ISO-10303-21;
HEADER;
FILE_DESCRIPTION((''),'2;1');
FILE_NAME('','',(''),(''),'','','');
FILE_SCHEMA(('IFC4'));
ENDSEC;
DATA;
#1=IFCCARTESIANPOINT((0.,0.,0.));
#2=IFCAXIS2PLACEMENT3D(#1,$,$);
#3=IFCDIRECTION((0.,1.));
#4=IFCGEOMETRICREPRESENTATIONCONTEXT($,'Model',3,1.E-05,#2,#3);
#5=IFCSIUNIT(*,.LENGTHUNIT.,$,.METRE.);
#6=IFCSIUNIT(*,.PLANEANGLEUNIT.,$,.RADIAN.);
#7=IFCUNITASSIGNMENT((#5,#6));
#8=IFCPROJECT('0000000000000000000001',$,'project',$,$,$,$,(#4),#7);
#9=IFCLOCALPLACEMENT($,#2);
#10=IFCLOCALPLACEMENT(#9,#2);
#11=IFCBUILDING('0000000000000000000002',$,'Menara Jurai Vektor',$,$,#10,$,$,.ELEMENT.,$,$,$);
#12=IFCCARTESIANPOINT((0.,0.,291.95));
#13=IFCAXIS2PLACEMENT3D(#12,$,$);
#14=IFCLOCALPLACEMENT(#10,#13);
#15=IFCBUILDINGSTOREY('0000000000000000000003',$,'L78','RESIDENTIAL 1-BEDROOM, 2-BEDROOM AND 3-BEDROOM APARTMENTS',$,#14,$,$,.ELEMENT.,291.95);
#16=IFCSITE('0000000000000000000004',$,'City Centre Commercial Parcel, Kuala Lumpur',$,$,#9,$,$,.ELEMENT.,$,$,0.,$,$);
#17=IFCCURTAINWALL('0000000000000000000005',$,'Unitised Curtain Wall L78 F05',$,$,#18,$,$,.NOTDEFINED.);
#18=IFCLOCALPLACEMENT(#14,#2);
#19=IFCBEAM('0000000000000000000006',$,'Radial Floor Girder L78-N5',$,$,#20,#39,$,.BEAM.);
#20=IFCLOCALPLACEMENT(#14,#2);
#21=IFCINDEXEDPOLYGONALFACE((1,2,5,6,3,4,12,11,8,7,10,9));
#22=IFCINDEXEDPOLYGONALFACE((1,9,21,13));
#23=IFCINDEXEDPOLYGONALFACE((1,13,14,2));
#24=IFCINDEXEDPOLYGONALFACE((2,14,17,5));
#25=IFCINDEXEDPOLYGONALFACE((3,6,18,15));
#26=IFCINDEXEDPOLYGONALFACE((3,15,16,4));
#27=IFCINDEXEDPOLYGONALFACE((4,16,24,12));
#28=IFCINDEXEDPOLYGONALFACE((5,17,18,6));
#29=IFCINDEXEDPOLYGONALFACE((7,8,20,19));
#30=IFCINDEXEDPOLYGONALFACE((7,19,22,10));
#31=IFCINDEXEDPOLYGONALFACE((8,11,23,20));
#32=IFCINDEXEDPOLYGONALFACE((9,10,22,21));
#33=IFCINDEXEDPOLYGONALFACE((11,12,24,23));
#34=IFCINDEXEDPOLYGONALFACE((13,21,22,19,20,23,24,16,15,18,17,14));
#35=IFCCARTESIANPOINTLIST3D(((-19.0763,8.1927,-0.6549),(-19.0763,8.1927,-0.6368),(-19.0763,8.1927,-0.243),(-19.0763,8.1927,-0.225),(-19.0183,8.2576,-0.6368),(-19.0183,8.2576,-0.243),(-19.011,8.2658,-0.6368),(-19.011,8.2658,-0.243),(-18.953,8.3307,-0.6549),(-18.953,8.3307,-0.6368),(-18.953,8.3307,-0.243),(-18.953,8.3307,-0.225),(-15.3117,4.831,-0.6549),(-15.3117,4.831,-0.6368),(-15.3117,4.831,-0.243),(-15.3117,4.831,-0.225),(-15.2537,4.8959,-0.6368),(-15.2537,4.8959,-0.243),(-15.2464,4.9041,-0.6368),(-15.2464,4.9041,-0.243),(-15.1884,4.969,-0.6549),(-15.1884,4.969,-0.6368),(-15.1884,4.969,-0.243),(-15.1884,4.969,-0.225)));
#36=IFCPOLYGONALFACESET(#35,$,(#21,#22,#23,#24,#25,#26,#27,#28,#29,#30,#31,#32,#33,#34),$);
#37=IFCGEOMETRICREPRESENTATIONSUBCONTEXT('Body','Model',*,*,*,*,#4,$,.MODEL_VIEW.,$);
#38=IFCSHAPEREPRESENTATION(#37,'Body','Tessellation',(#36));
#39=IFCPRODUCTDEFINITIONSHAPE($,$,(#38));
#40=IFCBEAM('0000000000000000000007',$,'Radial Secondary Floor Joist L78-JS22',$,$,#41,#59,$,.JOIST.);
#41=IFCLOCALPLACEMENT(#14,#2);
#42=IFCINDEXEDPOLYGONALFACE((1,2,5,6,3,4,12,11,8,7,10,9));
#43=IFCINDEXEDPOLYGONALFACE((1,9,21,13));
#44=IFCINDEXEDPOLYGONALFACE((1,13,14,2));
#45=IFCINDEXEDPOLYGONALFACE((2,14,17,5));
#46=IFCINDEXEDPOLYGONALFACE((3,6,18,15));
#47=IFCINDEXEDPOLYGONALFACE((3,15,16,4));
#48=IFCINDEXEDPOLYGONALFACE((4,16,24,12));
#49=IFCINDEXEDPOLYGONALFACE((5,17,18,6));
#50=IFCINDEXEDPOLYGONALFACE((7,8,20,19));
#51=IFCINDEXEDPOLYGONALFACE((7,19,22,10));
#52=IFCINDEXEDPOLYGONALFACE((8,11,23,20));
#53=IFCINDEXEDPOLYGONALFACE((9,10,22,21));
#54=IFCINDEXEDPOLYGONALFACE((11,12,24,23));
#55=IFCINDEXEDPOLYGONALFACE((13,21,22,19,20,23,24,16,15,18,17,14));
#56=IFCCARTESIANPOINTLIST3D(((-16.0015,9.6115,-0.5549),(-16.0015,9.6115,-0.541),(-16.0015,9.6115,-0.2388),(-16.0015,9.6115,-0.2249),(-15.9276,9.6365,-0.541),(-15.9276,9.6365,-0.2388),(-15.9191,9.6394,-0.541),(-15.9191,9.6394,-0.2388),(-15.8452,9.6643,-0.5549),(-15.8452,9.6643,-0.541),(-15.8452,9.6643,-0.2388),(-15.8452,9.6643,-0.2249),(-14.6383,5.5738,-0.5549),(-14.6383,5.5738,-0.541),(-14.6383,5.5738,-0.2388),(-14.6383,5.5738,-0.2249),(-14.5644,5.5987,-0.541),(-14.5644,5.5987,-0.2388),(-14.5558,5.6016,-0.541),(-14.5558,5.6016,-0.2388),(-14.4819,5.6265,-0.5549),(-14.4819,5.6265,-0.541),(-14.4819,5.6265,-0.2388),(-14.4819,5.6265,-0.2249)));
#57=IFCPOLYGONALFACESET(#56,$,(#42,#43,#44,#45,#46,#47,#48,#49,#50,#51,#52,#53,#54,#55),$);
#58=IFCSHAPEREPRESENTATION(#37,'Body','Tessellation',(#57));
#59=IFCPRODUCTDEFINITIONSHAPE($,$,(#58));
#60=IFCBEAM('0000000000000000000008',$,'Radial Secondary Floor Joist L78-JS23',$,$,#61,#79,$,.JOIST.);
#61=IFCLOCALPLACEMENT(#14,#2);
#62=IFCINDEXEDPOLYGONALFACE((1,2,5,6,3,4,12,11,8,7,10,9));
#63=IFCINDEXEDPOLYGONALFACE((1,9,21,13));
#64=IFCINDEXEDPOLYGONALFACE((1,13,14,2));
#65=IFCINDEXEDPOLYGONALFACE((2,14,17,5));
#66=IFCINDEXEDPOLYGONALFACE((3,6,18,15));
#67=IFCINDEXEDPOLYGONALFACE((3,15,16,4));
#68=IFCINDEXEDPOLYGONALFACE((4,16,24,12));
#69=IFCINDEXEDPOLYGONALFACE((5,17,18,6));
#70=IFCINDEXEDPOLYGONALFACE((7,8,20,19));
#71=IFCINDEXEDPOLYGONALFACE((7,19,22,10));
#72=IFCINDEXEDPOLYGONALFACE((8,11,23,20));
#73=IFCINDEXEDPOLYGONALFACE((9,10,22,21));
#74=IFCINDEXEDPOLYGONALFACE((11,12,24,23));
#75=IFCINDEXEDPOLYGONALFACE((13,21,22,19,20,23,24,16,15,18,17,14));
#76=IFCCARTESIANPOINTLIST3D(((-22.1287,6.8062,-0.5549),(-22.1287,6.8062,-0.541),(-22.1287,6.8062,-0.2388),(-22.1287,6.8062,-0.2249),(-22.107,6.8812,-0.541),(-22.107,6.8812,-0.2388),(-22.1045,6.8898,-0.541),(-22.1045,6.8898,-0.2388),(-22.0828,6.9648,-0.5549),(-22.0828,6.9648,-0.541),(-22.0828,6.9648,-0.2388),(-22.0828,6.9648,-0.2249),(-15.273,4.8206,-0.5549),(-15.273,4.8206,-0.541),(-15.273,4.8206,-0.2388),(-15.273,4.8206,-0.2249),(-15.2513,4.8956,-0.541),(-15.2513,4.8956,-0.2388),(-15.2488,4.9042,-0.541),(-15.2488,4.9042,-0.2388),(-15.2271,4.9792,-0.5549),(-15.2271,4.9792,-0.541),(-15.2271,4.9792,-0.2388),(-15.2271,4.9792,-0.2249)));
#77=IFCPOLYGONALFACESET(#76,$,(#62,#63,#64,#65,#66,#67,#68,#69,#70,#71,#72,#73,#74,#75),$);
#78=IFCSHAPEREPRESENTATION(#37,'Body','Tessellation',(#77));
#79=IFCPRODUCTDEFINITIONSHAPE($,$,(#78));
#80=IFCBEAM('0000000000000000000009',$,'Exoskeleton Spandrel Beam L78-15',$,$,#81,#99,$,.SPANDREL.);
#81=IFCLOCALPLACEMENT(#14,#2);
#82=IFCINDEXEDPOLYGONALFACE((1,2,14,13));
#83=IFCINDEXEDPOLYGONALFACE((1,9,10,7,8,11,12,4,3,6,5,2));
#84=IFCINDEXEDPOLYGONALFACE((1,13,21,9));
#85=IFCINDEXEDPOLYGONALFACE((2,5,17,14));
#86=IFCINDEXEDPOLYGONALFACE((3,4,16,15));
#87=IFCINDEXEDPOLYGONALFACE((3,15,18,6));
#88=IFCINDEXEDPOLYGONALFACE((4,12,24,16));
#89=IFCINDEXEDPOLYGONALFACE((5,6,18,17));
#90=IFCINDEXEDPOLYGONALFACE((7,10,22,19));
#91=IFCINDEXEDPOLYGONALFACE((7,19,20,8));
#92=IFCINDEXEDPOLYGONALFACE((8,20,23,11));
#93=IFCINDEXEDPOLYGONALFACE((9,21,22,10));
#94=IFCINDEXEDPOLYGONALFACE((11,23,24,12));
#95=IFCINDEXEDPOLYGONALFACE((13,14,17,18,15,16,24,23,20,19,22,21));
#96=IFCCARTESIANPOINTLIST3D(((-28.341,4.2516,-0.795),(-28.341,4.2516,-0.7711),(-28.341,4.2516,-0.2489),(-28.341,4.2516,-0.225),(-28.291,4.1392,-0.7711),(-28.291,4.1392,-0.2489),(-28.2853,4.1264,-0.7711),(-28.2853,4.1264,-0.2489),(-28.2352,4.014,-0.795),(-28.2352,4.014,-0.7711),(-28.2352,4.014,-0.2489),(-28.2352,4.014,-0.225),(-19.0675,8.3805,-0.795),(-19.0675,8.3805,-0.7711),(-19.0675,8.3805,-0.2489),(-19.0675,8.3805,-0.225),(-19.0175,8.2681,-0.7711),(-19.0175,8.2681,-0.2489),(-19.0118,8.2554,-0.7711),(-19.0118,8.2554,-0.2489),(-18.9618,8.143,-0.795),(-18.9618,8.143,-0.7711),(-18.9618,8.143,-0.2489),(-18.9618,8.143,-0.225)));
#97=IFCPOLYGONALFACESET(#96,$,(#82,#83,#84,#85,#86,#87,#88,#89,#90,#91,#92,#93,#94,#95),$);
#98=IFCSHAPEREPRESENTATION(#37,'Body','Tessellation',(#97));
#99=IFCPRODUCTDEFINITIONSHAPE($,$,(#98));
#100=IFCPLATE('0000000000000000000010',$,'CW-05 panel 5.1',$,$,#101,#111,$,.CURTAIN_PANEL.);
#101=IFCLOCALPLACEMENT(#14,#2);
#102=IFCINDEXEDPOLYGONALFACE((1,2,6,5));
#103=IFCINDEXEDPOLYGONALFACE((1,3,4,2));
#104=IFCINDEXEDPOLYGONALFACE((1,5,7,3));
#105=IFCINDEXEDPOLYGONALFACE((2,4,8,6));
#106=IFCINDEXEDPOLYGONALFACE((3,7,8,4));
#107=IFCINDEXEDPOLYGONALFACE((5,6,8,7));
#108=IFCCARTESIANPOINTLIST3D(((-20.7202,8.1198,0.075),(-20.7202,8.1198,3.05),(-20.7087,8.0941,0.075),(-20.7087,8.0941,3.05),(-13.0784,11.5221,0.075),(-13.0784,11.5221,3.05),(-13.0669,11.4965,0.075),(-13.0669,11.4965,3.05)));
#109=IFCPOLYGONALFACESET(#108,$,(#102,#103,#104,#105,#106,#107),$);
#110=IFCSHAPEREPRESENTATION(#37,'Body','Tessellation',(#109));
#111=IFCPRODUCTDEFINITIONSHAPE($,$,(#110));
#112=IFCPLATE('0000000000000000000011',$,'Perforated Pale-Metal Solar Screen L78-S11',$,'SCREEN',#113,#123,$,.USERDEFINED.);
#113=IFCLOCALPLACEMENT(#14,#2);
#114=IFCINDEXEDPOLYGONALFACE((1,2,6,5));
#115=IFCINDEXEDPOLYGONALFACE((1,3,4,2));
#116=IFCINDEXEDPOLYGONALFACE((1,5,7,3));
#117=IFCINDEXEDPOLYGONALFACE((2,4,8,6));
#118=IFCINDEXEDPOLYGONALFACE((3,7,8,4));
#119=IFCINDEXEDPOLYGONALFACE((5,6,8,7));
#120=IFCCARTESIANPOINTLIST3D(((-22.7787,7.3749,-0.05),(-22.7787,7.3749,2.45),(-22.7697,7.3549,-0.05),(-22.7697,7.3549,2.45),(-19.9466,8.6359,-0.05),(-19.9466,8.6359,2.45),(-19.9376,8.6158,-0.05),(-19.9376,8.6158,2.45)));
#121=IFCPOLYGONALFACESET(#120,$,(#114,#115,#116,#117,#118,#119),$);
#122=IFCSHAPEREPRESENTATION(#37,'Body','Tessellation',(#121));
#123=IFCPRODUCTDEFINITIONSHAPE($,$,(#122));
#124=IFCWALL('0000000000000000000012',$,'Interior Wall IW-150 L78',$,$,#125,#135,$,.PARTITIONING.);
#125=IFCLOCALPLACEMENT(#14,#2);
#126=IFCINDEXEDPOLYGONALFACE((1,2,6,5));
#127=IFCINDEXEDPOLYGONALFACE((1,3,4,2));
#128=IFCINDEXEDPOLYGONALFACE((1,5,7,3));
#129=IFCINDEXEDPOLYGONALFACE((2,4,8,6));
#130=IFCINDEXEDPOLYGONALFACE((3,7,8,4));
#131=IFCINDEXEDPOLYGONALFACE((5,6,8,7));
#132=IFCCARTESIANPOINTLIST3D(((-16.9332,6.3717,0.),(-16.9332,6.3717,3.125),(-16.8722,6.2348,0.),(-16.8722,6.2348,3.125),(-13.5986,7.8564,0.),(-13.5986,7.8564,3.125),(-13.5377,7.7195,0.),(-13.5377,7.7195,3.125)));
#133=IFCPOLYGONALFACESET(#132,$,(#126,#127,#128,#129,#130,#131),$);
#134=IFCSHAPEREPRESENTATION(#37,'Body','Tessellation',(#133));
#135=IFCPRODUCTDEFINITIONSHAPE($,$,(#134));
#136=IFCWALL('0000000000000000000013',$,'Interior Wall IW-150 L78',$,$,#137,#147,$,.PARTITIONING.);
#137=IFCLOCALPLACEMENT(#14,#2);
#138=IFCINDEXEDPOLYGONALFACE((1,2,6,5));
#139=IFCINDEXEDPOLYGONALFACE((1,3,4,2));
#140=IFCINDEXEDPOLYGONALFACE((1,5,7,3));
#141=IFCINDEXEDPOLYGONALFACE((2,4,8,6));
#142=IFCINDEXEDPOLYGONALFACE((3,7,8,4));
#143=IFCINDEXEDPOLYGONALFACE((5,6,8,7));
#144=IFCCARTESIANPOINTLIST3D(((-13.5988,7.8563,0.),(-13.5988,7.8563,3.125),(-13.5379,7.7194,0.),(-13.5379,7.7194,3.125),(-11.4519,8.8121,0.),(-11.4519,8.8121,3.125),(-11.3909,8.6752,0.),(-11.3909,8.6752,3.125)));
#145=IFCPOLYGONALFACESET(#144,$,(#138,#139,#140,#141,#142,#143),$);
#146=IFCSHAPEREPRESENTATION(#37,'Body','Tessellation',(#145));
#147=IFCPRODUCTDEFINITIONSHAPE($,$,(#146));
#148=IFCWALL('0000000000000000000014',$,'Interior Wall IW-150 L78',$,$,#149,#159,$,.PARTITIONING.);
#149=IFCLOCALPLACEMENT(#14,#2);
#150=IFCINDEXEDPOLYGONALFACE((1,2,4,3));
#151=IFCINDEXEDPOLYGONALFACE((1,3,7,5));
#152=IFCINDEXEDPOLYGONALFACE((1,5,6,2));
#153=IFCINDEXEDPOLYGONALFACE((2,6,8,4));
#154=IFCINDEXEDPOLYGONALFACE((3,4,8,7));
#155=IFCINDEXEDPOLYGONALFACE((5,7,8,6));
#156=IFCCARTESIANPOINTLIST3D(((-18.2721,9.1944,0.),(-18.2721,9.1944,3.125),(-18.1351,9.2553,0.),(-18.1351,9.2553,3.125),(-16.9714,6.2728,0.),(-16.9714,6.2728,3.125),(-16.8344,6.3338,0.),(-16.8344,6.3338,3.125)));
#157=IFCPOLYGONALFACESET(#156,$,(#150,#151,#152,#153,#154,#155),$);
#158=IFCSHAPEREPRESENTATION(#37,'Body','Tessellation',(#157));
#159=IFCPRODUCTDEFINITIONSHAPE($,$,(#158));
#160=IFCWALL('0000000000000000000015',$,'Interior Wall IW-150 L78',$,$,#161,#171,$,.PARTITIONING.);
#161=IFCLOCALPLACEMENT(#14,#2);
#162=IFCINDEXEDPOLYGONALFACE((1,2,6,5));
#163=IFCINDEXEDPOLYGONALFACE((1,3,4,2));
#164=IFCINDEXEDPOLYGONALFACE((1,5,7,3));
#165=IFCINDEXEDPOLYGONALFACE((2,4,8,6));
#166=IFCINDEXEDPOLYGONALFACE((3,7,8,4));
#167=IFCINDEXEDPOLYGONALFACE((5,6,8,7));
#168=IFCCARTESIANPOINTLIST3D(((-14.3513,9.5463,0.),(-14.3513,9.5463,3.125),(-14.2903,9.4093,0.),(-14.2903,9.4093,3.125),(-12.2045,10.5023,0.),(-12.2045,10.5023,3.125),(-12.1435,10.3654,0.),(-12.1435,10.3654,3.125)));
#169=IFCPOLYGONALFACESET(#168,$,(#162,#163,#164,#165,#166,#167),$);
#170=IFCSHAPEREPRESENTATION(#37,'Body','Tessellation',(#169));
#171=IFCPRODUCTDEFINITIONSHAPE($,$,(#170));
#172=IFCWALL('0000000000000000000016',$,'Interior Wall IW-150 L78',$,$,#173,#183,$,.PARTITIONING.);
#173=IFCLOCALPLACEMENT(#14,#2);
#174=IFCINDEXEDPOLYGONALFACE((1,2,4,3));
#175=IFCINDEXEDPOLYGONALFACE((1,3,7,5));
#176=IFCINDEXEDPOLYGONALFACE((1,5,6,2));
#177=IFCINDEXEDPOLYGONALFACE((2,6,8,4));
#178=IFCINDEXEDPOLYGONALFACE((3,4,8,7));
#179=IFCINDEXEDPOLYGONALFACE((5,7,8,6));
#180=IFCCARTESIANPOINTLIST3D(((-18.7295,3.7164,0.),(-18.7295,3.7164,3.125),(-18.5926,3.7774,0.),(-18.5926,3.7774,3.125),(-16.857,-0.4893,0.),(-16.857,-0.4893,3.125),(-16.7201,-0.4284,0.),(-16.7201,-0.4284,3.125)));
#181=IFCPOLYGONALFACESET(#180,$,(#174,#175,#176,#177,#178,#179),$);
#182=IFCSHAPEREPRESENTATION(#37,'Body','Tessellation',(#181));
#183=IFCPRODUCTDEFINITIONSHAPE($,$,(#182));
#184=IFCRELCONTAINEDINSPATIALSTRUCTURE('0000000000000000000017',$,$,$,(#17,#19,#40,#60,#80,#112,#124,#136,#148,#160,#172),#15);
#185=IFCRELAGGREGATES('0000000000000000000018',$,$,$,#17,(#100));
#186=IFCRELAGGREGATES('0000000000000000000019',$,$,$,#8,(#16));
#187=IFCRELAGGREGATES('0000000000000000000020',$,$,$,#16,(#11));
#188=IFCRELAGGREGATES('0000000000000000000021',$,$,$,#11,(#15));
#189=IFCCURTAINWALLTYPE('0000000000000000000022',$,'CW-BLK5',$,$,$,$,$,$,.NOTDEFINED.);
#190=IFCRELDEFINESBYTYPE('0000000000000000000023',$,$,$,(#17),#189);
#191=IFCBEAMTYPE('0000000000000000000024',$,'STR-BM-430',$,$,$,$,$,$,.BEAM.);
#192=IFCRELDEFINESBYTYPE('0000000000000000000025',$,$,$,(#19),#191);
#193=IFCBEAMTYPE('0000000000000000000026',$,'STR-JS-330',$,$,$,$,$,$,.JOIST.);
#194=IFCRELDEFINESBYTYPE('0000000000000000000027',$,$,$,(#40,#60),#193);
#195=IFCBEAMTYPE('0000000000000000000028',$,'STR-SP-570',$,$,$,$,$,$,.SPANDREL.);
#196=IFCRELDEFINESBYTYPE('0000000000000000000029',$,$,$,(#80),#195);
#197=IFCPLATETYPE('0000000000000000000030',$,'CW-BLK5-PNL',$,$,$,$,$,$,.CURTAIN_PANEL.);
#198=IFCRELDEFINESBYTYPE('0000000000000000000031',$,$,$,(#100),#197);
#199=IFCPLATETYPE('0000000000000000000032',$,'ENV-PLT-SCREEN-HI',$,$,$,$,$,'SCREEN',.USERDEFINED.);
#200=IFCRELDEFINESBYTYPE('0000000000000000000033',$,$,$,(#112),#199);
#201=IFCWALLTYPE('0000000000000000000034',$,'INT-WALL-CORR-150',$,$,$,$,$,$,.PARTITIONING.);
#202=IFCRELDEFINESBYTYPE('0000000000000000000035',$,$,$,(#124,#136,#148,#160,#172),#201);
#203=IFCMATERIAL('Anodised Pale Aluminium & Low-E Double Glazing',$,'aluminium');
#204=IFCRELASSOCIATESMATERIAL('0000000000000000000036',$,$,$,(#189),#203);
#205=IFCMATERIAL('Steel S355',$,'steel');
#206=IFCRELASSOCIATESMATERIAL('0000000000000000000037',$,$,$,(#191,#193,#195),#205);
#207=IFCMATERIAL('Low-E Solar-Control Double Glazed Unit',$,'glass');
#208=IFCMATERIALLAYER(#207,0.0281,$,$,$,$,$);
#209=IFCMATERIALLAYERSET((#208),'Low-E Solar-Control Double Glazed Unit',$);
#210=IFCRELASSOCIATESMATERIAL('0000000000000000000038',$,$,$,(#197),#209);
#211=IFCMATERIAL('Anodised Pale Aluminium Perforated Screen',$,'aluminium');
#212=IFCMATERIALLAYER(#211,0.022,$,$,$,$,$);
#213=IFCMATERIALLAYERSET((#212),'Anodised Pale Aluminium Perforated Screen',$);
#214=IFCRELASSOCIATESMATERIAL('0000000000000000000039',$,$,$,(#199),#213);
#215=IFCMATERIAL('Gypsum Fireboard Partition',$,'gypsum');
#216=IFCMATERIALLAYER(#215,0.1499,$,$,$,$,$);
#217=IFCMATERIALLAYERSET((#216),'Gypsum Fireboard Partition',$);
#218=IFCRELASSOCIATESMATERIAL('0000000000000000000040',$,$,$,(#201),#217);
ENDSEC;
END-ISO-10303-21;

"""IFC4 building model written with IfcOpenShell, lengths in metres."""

from ifc_helpers import new_model, si_unit, direction, frame, frame_2d, origin, origin_2d, place, context, subcontext, project, spatial, rectangle, i_section, extrude, material, layer, layer_set, material_profile, profile_set, type_object, element, aggregate, save


model = new_model("IFC4")

# Units and contexts
model_context = context("Model", 3, precision=1e-05, world=origin(), true_north=direction((0.0, 1.0)))
body_context = subcontext(model_context, "Body", "Model", "MODEL_VIEW")
ifc_project = project(units=[si_unit("LENGTHUNIT", "METRE"), si_unit("PLANEANGLEUNIT", "RADIAN")], contexts=[model_context])

# Site, building, storey
site_placement = place(None, origin())
site = spatial("IfcSite", under=ifc_project, at=site_placement, Name="City Centre Commercial Parcel, Kuala Lumpur", CompositionType="ELEMENT", RefElevation=0.0)
building_placement = place(site_placement, origin())
building = spatial("IfcBuilding", under=site, at=building_placement, Name="Menara Jurai Vektor", CompositionType="ELEMENT")
storey_placement = place(building_placement, frame((0.0, 0.0, 291.95)))
storey = spatial("IfcBuildingStorey", under=building, at=storey_placement, Name="L78", Description="RESIDENTIAL 1-BEDROOM, 2-BEDROOM AND 3-BEDROOM APARTMENTS", CompositionType="ELEMENT", Elevation=291.95)

# Curtain wall
ifc_material_1 = material(Name="Anodised Pale Aluminium & Low-E Double Glazing", Category="aluminium")
curtain_wall_type = type_object("IfcCurtainWallType", Name="CW-BLK5", PredefinedType="NOTDEFINED", material=ifc_material_1)
curtain_wall_placement = place(storey_placement, origin())
curtain_wall = element("IfcCurtainWall", 1, at=curtain_wall_placement, inside=storey, type_object=curtain_wall_type, Name="Unitised Curtain Wall L78 F05", PredefinedType="NOTDEFINED")

# Beams
ifc_material_2 = material(Name="Steel S355", Category="steel")
ifc_material_profile_1 = material_profile(ifc_material_2, i_section(OverallWidth=0.1851, OverallDepth=0.4299, WebThickness=0.011, FlangeThickness=0.0181, at=origin_2d()), Name="PG 430x185x76")
ifc_profile_set_1 = profile_set([ifc_material_profile_1], Name="Steel S355")
beam_type_1 = type_object("IfcBeamType", Name="STR-BM-430", PredefinedType="BEAM", material=ifc_profile_set_1)
beam_1_placement = place(storey_placement, frame((-19.0146, 8.2617, -0.4399), z_axis=(0.745886, -0.666073, 0.0), x_axis=(0.666073, 0.745886, 0.0)))
element("IfcBeam", 2, at=beam_1_placement, inside=storey, type_object=beam_type_1, Name="Radial Floor Girder L78-N5", PredefinedType="BEAM", context=body_context, shape_type="SweptSolid", body=[
    extrude(i_section(OverallWidth=0.1851, OverallDepth=0.4299, WebThickness=0.011, FlangeThickness=0.0181, at=origin_2d()), origin(), (0.0, 0.0, 1.0), 5.0471),
])
ifc_material_profile_2 = material_profile(ifc_material_2, i_section(OverallWidth=0.165, OverallDepth=0.3301, WebThickness=0.009, FlangeThickness=0.0139, at=origin_2d()), Name="PG 330x165x46")
ifc_profile_set_2 = profile_set([ifc_material_profile_2], Name="Steel S355")
beam_type_2 = type_object("IfcBeamType", Name="STR-JS-330", PredefinedType="JOIST", material=ifc_profile_set_2)
beam_2_placement = place(storey_placement, frame((-15.9233, 9.6379, -0.3899), z_axis=(0.319886, -0.947456, 0.0), x_axis=(0.947456, 0.319886, 0.0)))
element("IfcBeam", 3, at=beam_2_placement, inside=storey, type_object=beam_type_2, Name="Radial Secondary Floor Joist L78-JS22", PredefinedType="JOIST", context=body_context, shape_type="SweptSolid", body=[
    extrude(i_section(OverallWidth=0.165, OverallDepth=0.3301, WebThickness=0.009, FlangeThickness=0.0139, at=origin_2d()), origin(), (0.0, 0.0, 1.0), 4.2617),
])
beam_3_placement = place(storey_placement, frame((-22.1057, 6.8855, -0.3899), z_axis=(0.960525, -0.278193, 0.0), x_axis=(0.278193, 0.960525, 0.0)))
element("IfcBeam", 4, at=beam_3_placement, inside=storey, type_object=beam_type_2, Name="Radial Secondary Floor Joist L78-JS23", PredefinedType="JOIST", context=body_context, shape_type="SweptSolid", body=[
    extrude(i_section(OverallWidth=0.165, OverallDepth=0.3301, WebThickness=0.009, FlangeThickness=0.0139, at=origin_2d()), origin(), (0.0, 0.0, 1.0), 7.1375),
])
ifc_material_profile_3 = material_profile(ifc_material_2, i_section(OverallWidth=0.26, OverallDepth=0.5701, WebThickness=0.0139, FlangeThickness=0.0239, at=origin_2d()), Name="PG 570x260x145")
ifc_profile_set_3 = profile_set([ifc_material_profile_3], Name="Steel S355")
beam_type_3 = type_object("IfcBeamType", Name="STR-SP-570", PredefinedType="SPANDREL", material=ifc_profile_set_3)
beam_4_placement = place(storey_placement, frame((-19.0146, 8.2617, -0.51), z_axis=(-0.913542, -0.406745, 0.0), x_axis=(0.406745, -0.913542, 0.0)))
element("IfcBeam", 5, at=beam_4_placement, inside=storey, type_object=beam_type_3, Name="Exoskeleton Spandrel Beam L78-15", PredefinedType="SPANDREL", context=body_context, shape_type="SweptSolid", body=[
    extrude(i_section(OverallWidth=0.26, OverallDepth=0.5701, WebThickness=0.0139, FlangeThickness=0.0239, at=origin_2d()), origin(), (0.0, 0.0, 1.0), 10.1511),
])

# Plates
ifc_material_3 = material(Name="Low-E Solar-Control Double Glazed Unit", Category="glass")
ifc_layer_1 = layer(ifc_material_3, 0.0281)
ifc_layer_set_1 = layer_set([ifc_layer_1], Name="Low-E Solar-Control Double Glazed Unit")
plate_type_1 = type_object("IfcPlateType", Name="CW-BLK5-PNL", PredefinedType="CURTAIN_PANEL", material=ifc_layer_set_1)
plate_1_placement = place(storey_placement, frame((-16.8936, 9.8081, 0.075), z_axis=(0.0, 0.0, 1.0), x_axis=(-0.913546, -0.406735, 0.0)))
plate_1 = element("IfcPlate", 6, at=plate_1_placement, type_object=plate_type_1, Name="CW-05 panel 5.1", PredefinedType="CURTAIN_PANEL", context=body_context, shape_type="SweptSolid", body=[
    extrude(rectangle(XDim=8.365, YDim=0.0281, at=origin_2d()), origin(), (0.0, 0.0, 1.0), 2.9751),
])
aggregate(curtain_wall, [plate_1])
ifc_material_4 = material(Name="Anodised Pale Aluminium Perforated Screen", Category="aluminium")
ifc_layer_2 = layer(ifc_material_4, 0.022)
ifc_layer_set_2 = layer_set([ifc_layer_2], Name="Anodised Pale Aluminium Perforated Screen")
plate_type_2 = type_object("IfcPlateType", Name="ENV-PLT-SCREEN-HI", ElementType="SCREEN", PredefinedType="USERDEFINED", material=ifc_layer_set_2)
plate_2_placement = place(storey_placement, frame((-21.3582, 7.9954, -0.05), z_axis=(0.0, 0.0, 1.0), x_axis=(-0.913545, -0.406737, 0.0)))
element("IfcPlate", 7, at=plate_2_placement, inside=storey, type_object=plate_type_2, Name="Perforated Pale-Metal Solar Screen L78-S11", ObjectType="SCREEN", PredefinedType="USERDEFINED", context=body_context, shape_type="SweptSolid", body=[
    extrude(rectangle(XDim=3.1001, YDim=0.022, at=origin_2d()), origin(), (0.0, 0.0, 1.0), 2.5),
])

# Shared definitions
ifc_material_5 = material(Name="Gypsum Fireboard Partition", Category="gypsum")
ifc_layer_3 = layer(ifc_material_5, 0.1499)
ifc_layer_set_3 = layer_set([ifc_layer_3], Name="Gypsum Fireboard Partition")
wall_type_1 = type_object("IfcWallType", Name="INT-WALL-CORR-150", PredefinedType="PARTITIONING", material=ifc_layer_set_3)

# Walls
wall_1_placement = place(storey_placement, frame((-16.9028, 6.3032, 0.0), z_axis=(0.0, 0.0, 1.0), x_axis=(0.913544, 0.40674, 0.0)))
element("IfcWall", 8, at=wall_1_placement, inside=storey, type_object=wall_type_1, Name="Interior Wall IW-150 L78", PredefinedType="PARTITIONING", context=body_context, shape_type="SweptSolid", body=[
    extrude(rectangle(XDim=3.6501, YDim=0.1499, at=frame_2d((1.8252, 0.0))), origin(), (0.0, 0.0, 1.0), 3.125),
])
wall_2_placement = place(storey_placement, frame((-13.5684, 7.7878, 0.0), z_axis=(0.0, 0.0, 1.0), x_axis=(0.913559, 0.406707, 0.0)))
element("IfcWall", 9, at=wall_2_placement, inside=storey, type_object=wall_type_1, Name="Interior Wall IW-150 L78", PredefinedType="PARTITIONING", context=body_context, shape_type="SweptSolid", body=[
    extrude(rectangle(XDim=2.3501, YDim=0.1499, at=frame_2d((1.175, 0.0))), origin(), (0.0, 0.0, 1.0), 3.125),
])

# Wall
wall_3_placement = place(storey_placement, frame((-16.9028, 6.3032, 0.0), z_axis=(0.0, 0.0, 1.0), x_axis=(-0.406733, 0.913547, 0.0)))
element("IfcWall", 10, at=wall_3_placement, inside=storey, type_object=wall_type_1, Name="Interior Wall IW-150 L78", PredefinedType="PARTITIONING", context=body_context, shape_type="SweptSolid", body=[
    extrude(rectangle(XDim=3.198, YDim=0.1499, at=frame_2d((1.5991, 0.0))), origin(), (0.0, 0.0, 1.0), 3.125),
])

# Walls
wall_4_placement = place(storey_placement, frame((-14.3208, 9.4778, 0.0), z_axis=(0.0, 0.0, 1.0), x_axis=(0.913503, 0.406832, 0.0)))
element("IfcWall", 11, at=wall_4_placement, inside=storey, type_object=wall_type_1, Name="Interior Wall IW-150 L78", PredefinedType="PARTITIONING", context=body_context, shape_type="SweptSolid", body=[
    extrude(rectangle(XDim=2.3501, YDim=0.1499, at=frame_2d((1.175, 0.0))), origin(), (0.0, 0.0, 1.0), 3.125),
])
wall_5_placement = place(storey_placement, frame((-16.7886, -0.4587, 0.0), z_axis=(0.0, 0.0, 1.0), x_axis=(-0.406739, 0.913545, 0.0)))
element("IfcWall", 12, at=wall_5_placement, inside=storey, type_object=wall_type_1, Name="Interior Wall IW-150 L78", PredefinedType="PARTITIONING", context=body_context, shape_type="SweptSolid", body=[
    extrude(rectangle(XDim=4.6038, YDim=0.1499, at=frame_2d((2.3018, 0.0))), origin(), (0.0, 0.0, 1.0), 3.125),
])

save(model, "model.ifc")
